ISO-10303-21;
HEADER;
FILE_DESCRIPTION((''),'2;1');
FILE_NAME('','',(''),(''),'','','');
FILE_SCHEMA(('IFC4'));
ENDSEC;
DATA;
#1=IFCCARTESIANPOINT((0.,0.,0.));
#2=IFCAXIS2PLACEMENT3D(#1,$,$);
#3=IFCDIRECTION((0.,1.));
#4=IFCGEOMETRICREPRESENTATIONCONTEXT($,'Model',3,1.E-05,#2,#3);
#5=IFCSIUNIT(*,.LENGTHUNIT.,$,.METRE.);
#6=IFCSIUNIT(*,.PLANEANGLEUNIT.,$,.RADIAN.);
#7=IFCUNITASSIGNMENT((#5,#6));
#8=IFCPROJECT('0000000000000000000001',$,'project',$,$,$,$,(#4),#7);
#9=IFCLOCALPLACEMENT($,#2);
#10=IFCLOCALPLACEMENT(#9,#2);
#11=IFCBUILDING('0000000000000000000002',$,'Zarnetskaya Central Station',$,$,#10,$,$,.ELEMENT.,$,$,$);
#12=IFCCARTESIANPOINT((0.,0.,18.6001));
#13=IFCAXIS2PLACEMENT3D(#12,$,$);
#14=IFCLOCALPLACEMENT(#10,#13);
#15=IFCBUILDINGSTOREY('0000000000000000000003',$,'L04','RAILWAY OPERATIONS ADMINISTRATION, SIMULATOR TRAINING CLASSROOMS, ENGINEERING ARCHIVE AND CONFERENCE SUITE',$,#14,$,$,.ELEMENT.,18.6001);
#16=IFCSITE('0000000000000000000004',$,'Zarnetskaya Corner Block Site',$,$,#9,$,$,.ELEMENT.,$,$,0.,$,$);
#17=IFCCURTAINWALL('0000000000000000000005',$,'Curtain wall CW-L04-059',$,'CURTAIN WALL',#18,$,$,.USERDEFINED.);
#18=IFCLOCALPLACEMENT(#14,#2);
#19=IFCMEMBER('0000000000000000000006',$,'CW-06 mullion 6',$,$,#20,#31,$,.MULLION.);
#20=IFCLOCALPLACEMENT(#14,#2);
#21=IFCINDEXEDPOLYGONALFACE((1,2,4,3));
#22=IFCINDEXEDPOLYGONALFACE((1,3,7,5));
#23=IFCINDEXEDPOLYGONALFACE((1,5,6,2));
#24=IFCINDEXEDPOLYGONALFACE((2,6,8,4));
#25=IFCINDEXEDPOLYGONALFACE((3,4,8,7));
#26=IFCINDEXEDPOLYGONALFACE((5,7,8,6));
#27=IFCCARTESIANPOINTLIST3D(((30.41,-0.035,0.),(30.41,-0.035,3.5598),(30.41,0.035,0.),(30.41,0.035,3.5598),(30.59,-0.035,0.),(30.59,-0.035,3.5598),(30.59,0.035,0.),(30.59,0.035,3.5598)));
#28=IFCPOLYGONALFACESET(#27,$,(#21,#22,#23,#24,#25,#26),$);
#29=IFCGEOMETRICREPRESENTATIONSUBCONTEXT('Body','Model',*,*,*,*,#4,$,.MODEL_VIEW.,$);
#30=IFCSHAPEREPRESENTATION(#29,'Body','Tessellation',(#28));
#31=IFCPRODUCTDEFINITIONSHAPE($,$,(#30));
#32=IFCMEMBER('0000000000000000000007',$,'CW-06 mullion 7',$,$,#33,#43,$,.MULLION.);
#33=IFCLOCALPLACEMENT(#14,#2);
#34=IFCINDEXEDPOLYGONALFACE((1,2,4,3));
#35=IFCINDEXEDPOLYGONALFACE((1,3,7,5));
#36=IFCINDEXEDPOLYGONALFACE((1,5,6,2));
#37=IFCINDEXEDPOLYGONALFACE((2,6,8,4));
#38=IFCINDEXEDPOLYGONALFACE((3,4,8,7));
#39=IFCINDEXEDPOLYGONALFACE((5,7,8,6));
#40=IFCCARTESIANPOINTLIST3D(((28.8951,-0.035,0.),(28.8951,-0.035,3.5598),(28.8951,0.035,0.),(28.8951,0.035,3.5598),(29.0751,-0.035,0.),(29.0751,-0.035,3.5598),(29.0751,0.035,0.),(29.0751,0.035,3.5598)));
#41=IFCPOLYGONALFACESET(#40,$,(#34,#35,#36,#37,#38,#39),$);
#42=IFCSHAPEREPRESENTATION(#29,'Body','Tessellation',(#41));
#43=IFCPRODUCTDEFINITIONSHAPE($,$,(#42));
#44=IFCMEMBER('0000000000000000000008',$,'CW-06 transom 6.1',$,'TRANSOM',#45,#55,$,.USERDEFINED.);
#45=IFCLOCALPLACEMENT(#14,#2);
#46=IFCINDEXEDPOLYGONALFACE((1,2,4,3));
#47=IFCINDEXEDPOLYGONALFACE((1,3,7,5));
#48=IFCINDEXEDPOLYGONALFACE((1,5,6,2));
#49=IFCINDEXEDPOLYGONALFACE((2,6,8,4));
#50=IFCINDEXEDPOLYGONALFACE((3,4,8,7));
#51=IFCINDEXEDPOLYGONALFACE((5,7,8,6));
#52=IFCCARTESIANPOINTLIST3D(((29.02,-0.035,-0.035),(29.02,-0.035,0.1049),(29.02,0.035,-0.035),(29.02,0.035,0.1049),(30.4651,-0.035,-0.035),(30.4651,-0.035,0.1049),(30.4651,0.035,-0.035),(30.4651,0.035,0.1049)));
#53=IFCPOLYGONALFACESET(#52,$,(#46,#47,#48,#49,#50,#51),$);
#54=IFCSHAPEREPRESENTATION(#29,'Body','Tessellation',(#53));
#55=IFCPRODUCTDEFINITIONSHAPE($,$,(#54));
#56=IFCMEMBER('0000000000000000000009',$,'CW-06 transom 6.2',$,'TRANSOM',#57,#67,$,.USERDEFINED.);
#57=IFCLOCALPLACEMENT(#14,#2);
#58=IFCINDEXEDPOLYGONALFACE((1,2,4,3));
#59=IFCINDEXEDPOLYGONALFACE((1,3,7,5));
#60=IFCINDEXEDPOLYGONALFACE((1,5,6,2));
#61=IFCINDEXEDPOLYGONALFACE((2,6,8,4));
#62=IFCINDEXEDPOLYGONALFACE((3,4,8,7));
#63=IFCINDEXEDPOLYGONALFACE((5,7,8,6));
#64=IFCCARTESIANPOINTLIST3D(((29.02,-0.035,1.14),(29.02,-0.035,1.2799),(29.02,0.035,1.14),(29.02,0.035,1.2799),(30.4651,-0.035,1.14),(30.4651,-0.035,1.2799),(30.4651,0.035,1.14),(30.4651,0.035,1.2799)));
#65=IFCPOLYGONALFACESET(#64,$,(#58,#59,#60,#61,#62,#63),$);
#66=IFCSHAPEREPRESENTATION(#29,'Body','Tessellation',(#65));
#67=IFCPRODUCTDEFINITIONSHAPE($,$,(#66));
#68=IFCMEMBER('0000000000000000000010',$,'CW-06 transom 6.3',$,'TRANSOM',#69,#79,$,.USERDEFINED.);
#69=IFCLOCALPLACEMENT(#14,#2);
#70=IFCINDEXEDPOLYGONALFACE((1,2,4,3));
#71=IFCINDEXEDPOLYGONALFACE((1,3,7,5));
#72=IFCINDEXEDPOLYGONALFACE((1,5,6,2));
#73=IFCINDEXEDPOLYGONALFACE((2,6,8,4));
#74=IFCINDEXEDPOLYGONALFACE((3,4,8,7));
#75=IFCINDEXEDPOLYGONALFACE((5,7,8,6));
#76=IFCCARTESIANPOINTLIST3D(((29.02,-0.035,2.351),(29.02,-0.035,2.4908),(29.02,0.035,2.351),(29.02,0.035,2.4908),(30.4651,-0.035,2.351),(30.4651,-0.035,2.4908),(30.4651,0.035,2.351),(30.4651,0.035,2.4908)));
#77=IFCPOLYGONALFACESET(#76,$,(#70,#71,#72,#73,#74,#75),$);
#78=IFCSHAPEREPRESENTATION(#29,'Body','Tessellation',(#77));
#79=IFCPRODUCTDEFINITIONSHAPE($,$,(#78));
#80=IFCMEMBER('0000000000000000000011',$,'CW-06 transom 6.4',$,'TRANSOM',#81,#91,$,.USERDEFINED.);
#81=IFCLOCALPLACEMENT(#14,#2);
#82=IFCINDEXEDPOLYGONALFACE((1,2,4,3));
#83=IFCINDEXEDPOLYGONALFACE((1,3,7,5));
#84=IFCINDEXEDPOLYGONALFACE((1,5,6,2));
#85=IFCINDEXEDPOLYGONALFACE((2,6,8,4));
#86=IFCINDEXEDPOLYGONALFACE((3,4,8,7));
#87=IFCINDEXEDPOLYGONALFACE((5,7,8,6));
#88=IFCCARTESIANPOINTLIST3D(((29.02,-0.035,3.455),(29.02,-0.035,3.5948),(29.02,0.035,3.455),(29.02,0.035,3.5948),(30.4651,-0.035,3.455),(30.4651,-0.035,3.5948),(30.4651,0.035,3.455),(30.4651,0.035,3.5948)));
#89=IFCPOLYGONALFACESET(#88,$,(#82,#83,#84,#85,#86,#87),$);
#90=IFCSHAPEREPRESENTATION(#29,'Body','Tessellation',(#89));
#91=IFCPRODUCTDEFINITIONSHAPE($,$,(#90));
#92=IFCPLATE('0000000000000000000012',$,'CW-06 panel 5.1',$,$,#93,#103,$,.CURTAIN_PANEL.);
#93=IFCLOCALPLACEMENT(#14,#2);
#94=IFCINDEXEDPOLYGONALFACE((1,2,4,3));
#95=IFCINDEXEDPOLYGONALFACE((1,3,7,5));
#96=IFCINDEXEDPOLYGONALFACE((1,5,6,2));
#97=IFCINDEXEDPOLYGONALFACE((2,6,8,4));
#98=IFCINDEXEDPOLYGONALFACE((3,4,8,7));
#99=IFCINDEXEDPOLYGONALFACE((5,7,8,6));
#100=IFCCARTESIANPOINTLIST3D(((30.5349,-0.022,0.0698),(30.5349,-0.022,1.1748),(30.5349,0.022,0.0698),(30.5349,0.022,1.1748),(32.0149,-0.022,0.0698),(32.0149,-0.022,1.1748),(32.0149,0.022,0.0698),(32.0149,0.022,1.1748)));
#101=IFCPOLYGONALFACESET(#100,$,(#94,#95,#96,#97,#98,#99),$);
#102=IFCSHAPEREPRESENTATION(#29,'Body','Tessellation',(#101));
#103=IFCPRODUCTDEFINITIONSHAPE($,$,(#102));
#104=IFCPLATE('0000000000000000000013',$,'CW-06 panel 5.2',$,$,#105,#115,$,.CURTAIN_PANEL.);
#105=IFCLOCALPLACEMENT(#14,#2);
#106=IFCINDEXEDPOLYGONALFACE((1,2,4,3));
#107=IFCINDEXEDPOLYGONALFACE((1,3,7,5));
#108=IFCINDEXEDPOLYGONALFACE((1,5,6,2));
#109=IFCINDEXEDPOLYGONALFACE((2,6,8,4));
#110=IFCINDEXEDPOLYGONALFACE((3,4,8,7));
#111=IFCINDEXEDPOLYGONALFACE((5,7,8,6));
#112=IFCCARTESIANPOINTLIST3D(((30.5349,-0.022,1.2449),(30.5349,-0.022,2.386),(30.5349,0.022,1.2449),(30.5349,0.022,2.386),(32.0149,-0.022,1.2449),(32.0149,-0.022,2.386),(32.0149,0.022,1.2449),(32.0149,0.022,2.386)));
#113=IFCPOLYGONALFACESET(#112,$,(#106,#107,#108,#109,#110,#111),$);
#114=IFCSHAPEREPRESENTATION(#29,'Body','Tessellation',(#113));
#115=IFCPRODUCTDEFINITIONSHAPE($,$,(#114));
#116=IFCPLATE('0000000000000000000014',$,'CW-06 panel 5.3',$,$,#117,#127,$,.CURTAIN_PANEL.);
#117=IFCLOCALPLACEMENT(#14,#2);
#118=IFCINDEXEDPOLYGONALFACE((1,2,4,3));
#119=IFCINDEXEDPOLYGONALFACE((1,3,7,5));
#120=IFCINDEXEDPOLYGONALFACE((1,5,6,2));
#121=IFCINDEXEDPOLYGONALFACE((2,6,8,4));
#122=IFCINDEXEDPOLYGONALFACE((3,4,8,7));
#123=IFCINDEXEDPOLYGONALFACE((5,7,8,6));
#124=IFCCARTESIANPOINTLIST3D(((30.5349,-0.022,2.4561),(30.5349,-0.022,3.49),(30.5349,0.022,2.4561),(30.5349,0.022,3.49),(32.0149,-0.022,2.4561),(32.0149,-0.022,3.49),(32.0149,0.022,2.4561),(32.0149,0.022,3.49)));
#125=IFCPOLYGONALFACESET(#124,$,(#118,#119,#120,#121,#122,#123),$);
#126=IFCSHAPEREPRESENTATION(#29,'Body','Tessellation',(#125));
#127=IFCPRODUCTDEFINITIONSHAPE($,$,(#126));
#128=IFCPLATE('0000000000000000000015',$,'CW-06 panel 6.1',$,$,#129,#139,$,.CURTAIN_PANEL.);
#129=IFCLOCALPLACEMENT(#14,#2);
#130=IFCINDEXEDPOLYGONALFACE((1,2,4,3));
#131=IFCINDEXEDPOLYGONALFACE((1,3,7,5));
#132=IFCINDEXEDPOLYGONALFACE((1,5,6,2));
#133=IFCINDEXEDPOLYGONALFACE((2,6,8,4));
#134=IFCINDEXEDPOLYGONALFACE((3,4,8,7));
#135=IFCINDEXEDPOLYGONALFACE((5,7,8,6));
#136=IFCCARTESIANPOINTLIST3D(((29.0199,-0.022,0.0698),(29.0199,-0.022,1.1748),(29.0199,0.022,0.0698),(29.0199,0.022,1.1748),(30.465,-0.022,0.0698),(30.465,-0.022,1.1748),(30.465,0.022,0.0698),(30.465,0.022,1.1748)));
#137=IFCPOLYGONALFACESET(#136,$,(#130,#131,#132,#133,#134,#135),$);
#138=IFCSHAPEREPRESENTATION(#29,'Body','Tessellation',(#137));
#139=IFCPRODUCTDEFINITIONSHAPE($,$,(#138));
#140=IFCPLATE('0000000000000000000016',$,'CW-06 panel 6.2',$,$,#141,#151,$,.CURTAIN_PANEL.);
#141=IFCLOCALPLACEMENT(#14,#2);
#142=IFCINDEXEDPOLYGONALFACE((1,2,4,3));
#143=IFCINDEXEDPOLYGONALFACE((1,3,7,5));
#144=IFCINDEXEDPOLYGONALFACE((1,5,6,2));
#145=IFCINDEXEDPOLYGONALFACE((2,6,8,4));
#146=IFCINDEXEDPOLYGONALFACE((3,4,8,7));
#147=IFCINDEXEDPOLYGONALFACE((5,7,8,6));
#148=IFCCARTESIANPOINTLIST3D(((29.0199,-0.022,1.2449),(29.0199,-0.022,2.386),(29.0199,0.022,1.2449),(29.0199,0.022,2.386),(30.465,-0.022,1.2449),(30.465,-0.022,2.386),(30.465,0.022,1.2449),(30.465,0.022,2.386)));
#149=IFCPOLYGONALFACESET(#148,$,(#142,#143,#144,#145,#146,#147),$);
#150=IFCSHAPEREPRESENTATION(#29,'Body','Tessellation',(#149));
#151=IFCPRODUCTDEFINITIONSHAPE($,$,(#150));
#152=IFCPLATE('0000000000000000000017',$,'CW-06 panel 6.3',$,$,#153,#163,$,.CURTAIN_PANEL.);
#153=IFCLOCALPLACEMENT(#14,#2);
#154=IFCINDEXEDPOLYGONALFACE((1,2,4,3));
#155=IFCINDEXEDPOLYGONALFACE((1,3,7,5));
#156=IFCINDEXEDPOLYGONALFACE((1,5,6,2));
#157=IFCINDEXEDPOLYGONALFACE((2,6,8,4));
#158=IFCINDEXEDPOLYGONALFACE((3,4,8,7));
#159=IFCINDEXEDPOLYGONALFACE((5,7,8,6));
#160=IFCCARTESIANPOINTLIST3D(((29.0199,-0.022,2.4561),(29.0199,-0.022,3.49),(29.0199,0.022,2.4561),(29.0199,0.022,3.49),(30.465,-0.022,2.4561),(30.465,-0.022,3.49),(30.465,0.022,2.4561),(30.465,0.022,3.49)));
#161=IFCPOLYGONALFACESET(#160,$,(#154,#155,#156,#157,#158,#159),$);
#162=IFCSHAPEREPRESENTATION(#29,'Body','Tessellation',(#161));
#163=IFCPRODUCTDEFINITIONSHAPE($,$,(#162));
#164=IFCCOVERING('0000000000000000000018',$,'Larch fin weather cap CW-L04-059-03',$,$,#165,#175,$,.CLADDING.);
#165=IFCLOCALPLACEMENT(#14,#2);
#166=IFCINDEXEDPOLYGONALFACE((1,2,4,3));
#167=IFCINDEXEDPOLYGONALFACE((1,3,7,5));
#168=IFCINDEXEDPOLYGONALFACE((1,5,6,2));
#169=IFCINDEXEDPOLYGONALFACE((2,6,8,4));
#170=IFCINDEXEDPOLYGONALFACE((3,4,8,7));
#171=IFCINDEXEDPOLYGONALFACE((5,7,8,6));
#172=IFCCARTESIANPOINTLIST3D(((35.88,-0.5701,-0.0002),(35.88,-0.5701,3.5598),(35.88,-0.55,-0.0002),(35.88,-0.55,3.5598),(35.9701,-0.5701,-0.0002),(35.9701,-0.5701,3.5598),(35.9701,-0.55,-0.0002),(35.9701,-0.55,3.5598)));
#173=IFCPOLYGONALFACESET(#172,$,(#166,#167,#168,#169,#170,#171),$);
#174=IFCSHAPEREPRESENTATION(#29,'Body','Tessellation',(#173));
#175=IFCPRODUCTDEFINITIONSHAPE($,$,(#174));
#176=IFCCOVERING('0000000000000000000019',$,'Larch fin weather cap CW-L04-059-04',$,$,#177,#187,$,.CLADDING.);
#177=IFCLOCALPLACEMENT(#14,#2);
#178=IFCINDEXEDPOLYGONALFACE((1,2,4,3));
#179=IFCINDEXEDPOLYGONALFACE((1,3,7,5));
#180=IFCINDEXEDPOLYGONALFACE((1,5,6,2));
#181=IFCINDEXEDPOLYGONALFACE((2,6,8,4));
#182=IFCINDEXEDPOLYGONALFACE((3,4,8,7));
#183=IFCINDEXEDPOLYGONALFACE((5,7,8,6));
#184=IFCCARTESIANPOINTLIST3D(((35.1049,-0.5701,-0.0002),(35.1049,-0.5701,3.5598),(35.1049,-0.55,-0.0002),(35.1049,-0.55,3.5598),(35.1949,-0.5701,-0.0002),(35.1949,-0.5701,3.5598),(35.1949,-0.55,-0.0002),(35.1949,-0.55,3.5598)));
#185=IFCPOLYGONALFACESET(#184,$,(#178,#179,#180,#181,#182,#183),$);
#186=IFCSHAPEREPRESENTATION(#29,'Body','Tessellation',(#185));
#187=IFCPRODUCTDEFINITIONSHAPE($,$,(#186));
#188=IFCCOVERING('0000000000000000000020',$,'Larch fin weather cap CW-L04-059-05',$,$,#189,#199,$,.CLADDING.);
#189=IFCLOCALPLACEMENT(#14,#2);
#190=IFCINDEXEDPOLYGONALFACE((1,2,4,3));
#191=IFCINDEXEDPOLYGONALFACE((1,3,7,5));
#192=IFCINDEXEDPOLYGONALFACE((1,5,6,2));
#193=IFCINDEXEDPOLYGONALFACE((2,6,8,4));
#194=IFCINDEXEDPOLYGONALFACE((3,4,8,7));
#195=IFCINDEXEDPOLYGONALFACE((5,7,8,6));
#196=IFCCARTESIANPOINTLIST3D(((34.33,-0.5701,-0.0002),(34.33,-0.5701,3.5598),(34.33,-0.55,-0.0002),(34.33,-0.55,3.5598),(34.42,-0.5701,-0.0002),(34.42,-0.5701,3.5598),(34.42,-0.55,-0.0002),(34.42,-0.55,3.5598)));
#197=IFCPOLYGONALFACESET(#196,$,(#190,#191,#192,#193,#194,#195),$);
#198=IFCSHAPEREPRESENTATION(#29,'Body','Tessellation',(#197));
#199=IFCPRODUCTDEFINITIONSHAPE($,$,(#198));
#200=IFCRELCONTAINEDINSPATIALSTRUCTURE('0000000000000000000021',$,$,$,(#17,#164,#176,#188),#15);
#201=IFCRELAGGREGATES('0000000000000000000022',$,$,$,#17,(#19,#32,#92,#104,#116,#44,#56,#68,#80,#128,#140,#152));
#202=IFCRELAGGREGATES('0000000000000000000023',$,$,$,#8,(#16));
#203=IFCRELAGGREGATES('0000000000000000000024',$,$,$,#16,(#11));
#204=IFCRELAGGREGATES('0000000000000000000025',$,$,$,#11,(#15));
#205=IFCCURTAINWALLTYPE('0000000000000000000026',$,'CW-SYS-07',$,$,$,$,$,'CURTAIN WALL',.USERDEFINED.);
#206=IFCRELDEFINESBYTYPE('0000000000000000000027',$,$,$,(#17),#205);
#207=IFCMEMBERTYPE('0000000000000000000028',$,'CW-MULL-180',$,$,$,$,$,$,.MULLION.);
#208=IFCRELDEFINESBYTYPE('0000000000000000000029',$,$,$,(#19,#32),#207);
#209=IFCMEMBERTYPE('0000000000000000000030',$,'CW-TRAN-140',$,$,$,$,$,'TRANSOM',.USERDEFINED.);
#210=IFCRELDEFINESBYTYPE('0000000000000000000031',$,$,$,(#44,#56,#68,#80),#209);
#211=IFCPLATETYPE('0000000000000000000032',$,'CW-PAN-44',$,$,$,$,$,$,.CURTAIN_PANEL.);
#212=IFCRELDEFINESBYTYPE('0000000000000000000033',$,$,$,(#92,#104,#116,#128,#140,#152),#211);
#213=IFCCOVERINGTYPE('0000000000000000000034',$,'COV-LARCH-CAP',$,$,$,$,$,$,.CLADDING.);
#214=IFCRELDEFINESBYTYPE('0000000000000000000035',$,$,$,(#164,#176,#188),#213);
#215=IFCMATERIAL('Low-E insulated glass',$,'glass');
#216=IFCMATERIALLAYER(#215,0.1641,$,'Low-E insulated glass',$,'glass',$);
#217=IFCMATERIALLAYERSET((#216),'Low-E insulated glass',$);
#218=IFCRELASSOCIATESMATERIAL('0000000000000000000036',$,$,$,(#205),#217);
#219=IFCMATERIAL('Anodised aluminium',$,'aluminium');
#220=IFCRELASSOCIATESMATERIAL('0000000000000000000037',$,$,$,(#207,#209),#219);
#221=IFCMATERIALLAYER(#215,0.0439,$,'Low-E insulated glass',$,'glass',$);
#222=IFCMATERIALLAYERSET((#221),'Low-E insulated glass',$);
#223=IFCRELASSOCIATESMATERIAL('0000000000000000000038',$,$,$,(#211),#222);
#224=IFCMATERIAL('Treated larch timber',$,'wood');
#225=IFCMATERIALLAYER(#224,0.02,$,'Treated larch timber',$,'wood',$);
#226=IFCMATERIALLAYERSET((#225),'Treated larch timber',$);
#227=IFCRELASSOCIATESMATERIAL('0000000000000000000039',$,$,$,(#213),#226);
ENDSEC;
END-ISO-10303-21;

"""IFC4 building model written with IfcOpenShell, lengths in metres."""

from ifc_helpers import new_model, si_unit, direction, frame, origin, origin_2d, place, context, subcontext, project, spatial, rectangle, extrude, material, layer, layer_set, material_profile, profile_set, type_object, element, aggregate, save


model = new_model("IFC4")

# Units and contexts
model_context = context("Model", 3, precision=1e-05, world=origin(), true_north=direction((0.0, 1.0)))
body_context = subcontext(model_context, "Body", "Model", "MODEL_VIEW")
ifc_project = project(units=[si_unit("LENGTHUNIT", "METRE"), si_unit("PLANEANGLEUNIT", "RADIAN")], contexts=[model_context])

# Site, building, storey
site_placement = place(None, origin())
site = spatial("IfcSite", under=ifc_project, at=site_placement, Name="Zarnetskaya Corner Block Site", CompositionType="ELEMENT", RefElevation=0.0)
building_placement = place(site_placement, origin())
building = spatial("IfcBuilding", under=site, at=building_placement, Name="Zarnetskaya Central Station", CompositionType="ELEMENT")
storey_placement = place(building_placement, frame((0.0, 0.0, 18.6001)))
storey = spatial("IfcBuildingStorey", under=building, at=storey_placement, Name="L04", Description="RAILWAY OPERATIONS ADMINISTRATION, SIMULATOR TRAINING CLASSROOMS, ENGINEERING ARCHIVE AND CONFERENCE SUITE", CompositionType="ELEMENT", Elevation=18.6001)

# Curtain wall, members, plates
ifc_material_1 = material(Name="Low-E insulated glass", Category="glass")
ifc_layer_1 = layer(ifc_material_1, 0.1641, Name="Low-E insulated glass", Category="glass")
ifc_layer_set_1 = layer_set([ifc_layer_1], Name="Low-E insulated glass")
curtain_wall_type = type_object("IfcCurtainWallType", Name="CW-SYS-07", ElementType="CURTAIN WALL", PredefinedType="USERDEFINED", material=ifc_layer_set_1)
curtain_wall_placement = place(storey_placement, origin())
curtain_wall = element("IfcCurtainWall", 1, at=curtain_wall_placement, inside=storey, type_object=curtain_wall_type, Name="Curtain wall CW-L04-059", ObjectType="CURTAIN WALL", PredefinedType="USERDEFINED")
ifc_material_2 = material(Name="Anodised aluminium", Category="aluminium")
ifc_material_profile_1 = material_profile(ifc_material_2, rectangle(XDim=0.0701, YDim=0.1799, at=origin_2d()), Name="ALU MULL 70x180")
ifc_profile_set_1 = profile_set([ifc_material_profile_1], Name="Anodised aluminium")
member_type_1 = type_object("IfcMemberType", Name="CW-MULL-180", PredefinedType="MULLION", material=ifc_profile_set_1)
member_1_placement = place(storey_placement, frame((30.5, 0.0, 0.0), z_axis=(0.0, 0.0, 1.0), x_axis=(0.0, -1.0, 0.0)))
member_1 = element("IfcMember", 2, at=member_1_placement, type_object=member_type_1, Name="CW-06 mullion 6", PredefinedType="MULLION", context=body_context, shape_type="SweptSolid", body=[
    extrude(rectangle(XDim=0.0701, YDim=0.1799, at=origin_2d()), origin(), (0.0, 0.0, 1.0), 3.5598),
])
member_2_placement = place(storey_placement, frame((28.9851, 0.0, 0.0), z_axis=(0.0, 0.0, 1.0), x_axis=(0.0, -1.0, 0.0)))
member_2 = element("IfcMember", 3, at=member_2_placement, type_object=member_type_1, Name="CW-06 mullion 7", PredefinedType="MULLION", context=body_context, shape_type="SweptSolid", body=[
    extrude(rectangle(XDim=0.0701, YDim=0.1799, at=origin_2d()), origin(), (0.0, 0.0, 1.0), 3.5598),
])
ifc_material_profile_2 = material_profile(ifc_material_2, rectangle(XDim=0.0701, YDim=0.1399, at=origin_2d()), Name="ALU TRAN 70x140")
ifc_profile_set_2 = profile_set([ifc_material_profile_2], Name="Anodised aluminium")
member_type_2 = type_object("IfcMemberType", Name="CW-TRAN-140", ElementType="TRANSOM", PredefinedType="USERDEFINED", material=ifc_profile_set_2)
member_3_placement = place(storey_placement, frame((30.4651, 0.0, 0.0349), z_axis=(-1.0, 0.0, 0.0), x_axis=(0.0, -1.0, 0.0)))
member_3 = element("IfcMember", 4, at=member_3_placement, type_object=member_type_2, Name="CW-06 transom 6.1", ObjectType="TRANSOM", PredefinedType="USERDEFINED", context=body_context, shape_type="SweptSolid", body=[
    extrude(rectangle(XDim=0.0701, YDim=0.1399, at=origin_2d()), origin(), (0.0, 0.0, 1.0), 1.4451),
])
member_4_placement = place(storey_placement, frame((30.4651, 0.0, 1.21), z_axis=(-1.0, 0.0, 0.0), x_axis=(0.0, -1.0, 0.0)))
member_4 = element("IfcMember", 5, at=member_4_placement, type_object=member_type_2, Name="CW-06 transom 6.2", ObjectType="TRANSOM", PredefinedType="USERDEFINED", context=body_context, shape_type="SweptSolid", body=[
    extrude(rectangle(XDim=0.0701, YDim=0.1399, at=origin_2d()), origin(), (0.0, 0.0, 1.0), 1.4451),
])
member_5_placement = place(storey_placement, frame((30.4651, 0.0, 2.4209), z_axis=(-1.0, 0.0, 0.0), x_axis=(0.0, -1.0, 0.0)))
member_5 = element("IfcMember", 6, at=member_5_placement, type_object=member_type_2, Name="CW-06 transom 6.3", ObjectType="TRANSOM", PredefinedType="USERDEFINED", context=body_context, shape_type="SweptSolid", body=[
    extrude(rectangle(XDim=0.0701, YDim=0.1399, at=origin_2d()), origin(), (0.0, 0.0, 1.0), 1.4451),
])
member_6_placement = place(storey_placement, frame((30.4651, 0.0, 3.5249), z_axis=(-1.0, 0.0, 0.0), x_axis=(0.0, -1.0, 0.0)))
member_6 = element("IfcMember", 7, at=member_6_placement, type_object=member_type_2, Name="CW-06 transom 6.4", ObjectType="TRANSOM", PredefinedType="USERDEFINED", context=body_context, shape_type="SweptSolid", body=[
    extrude(rectangle(XDim=0.0701, YDim=0.1399, at=origin_2d()), origin(), (0.0, 0.0, 1.0), 1.4451),
])
ifc_layer_2 = layer(ifc_material_1, 0.0439, Name="Low-E insulated glass", Category="glass")
ifc_layer_set_2 = layer_set([ifc_layer_2], Name="Low-E insulated glass")
plate_type = type_object("IfcPlateType", Name="CW-PAN-44", PredefinedType="CURTAIN_PANEL", material=ifc_layer_set_2)
plate_1_placement = place(storey_placement, frame((31.2749, 0.0, 0.0698), z_axis=(0.0, 0.0, 1.0), x_axis=(-1.0, 0.0, 0.0)))
plate_1 = element("IfcPlate", 8, at=plate_1_placement, type_object=plate_type, Name="CW-06 panel 5.1", PredefinedType="CURTAIN_PANEL", context=body_context, shape_type="SweptSolid", body=[
    extrude(rectangle(XDim=1.48, YDim=0.0439, at=origin_2d()), origin(), (0.0, 0.0, 1.0), 1.105),
])
plate_2_placement = place(storey_placement, frame((31.2749, 0.0, 1.2449), z_axis=(0.0, 0.0, 1.0), x_axis=(-1.0, 0.0, 0.0)))
plate_2 = element("IfcPlate", 9, at=plate_2_placement, type_object=plate_type, Name="CW-06 panel 5.2", PredefinedType="CURTAIN_PANEL", context=body_context, shape_type="SweptSolid", body=[
    extrude(rectangle(XDim=1.48, YDim=0.0439, at=origin_2d()), origin(), (0.0, 0.0, 1.0), 1.1411),
])
plate_3_placement = place(storey_placement, frame((31.2749, 0.0, 2.4561), z_axis=(0.0, 0.0, 1.0), x_axis=(-1.0, 0.0, 0.0)))
plate_3 = element("IfcPlate", 10, at=plate_3_placement, type_object=plate_type, Name="CW-06 panel 5.3", PredefinedType="CURTAIN_PANEL", context=body_context, shape_type="SweptSolid", body=[
    extrude(rectangle(XDim=1.48, YDim=0.0439, at=origin_2d()), origin(), (0.0, 0.0, 1.0), 1.0339),
])
plate_4_placement = place(storey_placement, frame((29.7424, 0.0, 0.0698), z_axis=(0.0, 0.0, 1.0), x_axis=(-1.0, 0.0, 0.0)))
plate_4 = element("IfcPlate", 11, at=plate_4_placement, type_object=plate_type, Name="CW-06 panel 6.1", PredefinedType="CURTAIN_PANEL", context=body_context, shape_type="SweptSolid", body=[
    extrude(rectangle(XDim=1.4451, YDim=0.0439, at=origin_2d()), origin(), (0.0, 0.0, 1.0), 1.105),
])
plate_5_placement = place(storey_placement, frame((29.7424, 0.0, 1.2449), z_axis=(0.0, 0.0, 1.0), x_axis=(-1.0, 0.0, 0.0)))
plate_5 = element("IfcPlate", 12, at=plate_5_placement, type_object=plate_type, Name="CW-06 panel 6.2", PredefinedType="CURTAIN_PANEL", context=body_context, shape_type="SweptSolid", body=[
    extrude(rectangle(XDim=1.4451, YDim=0.0439, at=origin_2d()), origin(), (0.0, 0.0, 1.0), 1.1411),
])
plate_6_placement = place(storey_placement, frame((29.7424, 0.0, 2.4561), z_axis=(0.0, 0.0, 1.0), x_axis=(-1.0, 0.0, 0.0)))
plate_6 = element("IfcPlate", 13, at=plate_6_placement, type_object=plate_type, Name="CW-06 panel 6.3", PredefinedType="CURTAIN_PANEL", context=body_context, shape_type="SweptSolid", body=[
    extrude(rectangle(XDim=1.4451, YDim=0.0439, at=origin_2d()), origin(), (0.0, 0.0, 1.0), 1.0339),
])
aggregate(curtain_wall, [member_1, member_2, plate_1, plate_2, plate_3, member_3, member_4, member_5, member_6, plate_4, plate_5, plate_6])

# Coverings
ifc_material_3 = material(Name="Treated larch timber", Category="wood")
ifc_layer_3 = layer(ifc_material_3, 0.02, Name="Treated larch timber", Category="wood")
ifc_layer_set_3 = layer_set([ifc_layer_3], Name="Treated larch timber")
covering_type = type_object("IfcCoveringType", Name="COV-LARCH-CAP", PredefinedType="CLADDING", material=ifc_layer_set_3)
for number, where, z_axis, x_axis, name in (
    (14, (35.925, -0.5601, -0.0002), (0.0, 0.0, 1.0), (-1.0, 0.0, 0.0), "Larch fin weather cap CW-L04-059-03"),
    (15, (35.1499, -0.5601, -0.0002), (0.0, 0.0, 1.0), (-1.0, 0.0, 0.0), "Larch fin weather cap CW-L04-059-04"),
    (16, (34.375, -0.5601, -0.0002), (0.0, 0.0, 1.0), (-1.0, 0.0, 0.0), "Larch fin weather cap CW-L04-059-05"),
):
    element("IfcCovering", number, at=place(storey_placement, frame(where, z_axis=z_axis, x_axis=x_axis)), inside=storey, type_object=covering_type, Name=name, PredefinedType="CLADDING", context=body_context, shape_type="SweptSolid", body=[
        extrude(rectangle(XDim=0.0901, YDim=0.02, at=origin_2d()), origin(), (0.0, 0.0, 1.0), 3.5601),
    ])

save(model, "model.ifc")
